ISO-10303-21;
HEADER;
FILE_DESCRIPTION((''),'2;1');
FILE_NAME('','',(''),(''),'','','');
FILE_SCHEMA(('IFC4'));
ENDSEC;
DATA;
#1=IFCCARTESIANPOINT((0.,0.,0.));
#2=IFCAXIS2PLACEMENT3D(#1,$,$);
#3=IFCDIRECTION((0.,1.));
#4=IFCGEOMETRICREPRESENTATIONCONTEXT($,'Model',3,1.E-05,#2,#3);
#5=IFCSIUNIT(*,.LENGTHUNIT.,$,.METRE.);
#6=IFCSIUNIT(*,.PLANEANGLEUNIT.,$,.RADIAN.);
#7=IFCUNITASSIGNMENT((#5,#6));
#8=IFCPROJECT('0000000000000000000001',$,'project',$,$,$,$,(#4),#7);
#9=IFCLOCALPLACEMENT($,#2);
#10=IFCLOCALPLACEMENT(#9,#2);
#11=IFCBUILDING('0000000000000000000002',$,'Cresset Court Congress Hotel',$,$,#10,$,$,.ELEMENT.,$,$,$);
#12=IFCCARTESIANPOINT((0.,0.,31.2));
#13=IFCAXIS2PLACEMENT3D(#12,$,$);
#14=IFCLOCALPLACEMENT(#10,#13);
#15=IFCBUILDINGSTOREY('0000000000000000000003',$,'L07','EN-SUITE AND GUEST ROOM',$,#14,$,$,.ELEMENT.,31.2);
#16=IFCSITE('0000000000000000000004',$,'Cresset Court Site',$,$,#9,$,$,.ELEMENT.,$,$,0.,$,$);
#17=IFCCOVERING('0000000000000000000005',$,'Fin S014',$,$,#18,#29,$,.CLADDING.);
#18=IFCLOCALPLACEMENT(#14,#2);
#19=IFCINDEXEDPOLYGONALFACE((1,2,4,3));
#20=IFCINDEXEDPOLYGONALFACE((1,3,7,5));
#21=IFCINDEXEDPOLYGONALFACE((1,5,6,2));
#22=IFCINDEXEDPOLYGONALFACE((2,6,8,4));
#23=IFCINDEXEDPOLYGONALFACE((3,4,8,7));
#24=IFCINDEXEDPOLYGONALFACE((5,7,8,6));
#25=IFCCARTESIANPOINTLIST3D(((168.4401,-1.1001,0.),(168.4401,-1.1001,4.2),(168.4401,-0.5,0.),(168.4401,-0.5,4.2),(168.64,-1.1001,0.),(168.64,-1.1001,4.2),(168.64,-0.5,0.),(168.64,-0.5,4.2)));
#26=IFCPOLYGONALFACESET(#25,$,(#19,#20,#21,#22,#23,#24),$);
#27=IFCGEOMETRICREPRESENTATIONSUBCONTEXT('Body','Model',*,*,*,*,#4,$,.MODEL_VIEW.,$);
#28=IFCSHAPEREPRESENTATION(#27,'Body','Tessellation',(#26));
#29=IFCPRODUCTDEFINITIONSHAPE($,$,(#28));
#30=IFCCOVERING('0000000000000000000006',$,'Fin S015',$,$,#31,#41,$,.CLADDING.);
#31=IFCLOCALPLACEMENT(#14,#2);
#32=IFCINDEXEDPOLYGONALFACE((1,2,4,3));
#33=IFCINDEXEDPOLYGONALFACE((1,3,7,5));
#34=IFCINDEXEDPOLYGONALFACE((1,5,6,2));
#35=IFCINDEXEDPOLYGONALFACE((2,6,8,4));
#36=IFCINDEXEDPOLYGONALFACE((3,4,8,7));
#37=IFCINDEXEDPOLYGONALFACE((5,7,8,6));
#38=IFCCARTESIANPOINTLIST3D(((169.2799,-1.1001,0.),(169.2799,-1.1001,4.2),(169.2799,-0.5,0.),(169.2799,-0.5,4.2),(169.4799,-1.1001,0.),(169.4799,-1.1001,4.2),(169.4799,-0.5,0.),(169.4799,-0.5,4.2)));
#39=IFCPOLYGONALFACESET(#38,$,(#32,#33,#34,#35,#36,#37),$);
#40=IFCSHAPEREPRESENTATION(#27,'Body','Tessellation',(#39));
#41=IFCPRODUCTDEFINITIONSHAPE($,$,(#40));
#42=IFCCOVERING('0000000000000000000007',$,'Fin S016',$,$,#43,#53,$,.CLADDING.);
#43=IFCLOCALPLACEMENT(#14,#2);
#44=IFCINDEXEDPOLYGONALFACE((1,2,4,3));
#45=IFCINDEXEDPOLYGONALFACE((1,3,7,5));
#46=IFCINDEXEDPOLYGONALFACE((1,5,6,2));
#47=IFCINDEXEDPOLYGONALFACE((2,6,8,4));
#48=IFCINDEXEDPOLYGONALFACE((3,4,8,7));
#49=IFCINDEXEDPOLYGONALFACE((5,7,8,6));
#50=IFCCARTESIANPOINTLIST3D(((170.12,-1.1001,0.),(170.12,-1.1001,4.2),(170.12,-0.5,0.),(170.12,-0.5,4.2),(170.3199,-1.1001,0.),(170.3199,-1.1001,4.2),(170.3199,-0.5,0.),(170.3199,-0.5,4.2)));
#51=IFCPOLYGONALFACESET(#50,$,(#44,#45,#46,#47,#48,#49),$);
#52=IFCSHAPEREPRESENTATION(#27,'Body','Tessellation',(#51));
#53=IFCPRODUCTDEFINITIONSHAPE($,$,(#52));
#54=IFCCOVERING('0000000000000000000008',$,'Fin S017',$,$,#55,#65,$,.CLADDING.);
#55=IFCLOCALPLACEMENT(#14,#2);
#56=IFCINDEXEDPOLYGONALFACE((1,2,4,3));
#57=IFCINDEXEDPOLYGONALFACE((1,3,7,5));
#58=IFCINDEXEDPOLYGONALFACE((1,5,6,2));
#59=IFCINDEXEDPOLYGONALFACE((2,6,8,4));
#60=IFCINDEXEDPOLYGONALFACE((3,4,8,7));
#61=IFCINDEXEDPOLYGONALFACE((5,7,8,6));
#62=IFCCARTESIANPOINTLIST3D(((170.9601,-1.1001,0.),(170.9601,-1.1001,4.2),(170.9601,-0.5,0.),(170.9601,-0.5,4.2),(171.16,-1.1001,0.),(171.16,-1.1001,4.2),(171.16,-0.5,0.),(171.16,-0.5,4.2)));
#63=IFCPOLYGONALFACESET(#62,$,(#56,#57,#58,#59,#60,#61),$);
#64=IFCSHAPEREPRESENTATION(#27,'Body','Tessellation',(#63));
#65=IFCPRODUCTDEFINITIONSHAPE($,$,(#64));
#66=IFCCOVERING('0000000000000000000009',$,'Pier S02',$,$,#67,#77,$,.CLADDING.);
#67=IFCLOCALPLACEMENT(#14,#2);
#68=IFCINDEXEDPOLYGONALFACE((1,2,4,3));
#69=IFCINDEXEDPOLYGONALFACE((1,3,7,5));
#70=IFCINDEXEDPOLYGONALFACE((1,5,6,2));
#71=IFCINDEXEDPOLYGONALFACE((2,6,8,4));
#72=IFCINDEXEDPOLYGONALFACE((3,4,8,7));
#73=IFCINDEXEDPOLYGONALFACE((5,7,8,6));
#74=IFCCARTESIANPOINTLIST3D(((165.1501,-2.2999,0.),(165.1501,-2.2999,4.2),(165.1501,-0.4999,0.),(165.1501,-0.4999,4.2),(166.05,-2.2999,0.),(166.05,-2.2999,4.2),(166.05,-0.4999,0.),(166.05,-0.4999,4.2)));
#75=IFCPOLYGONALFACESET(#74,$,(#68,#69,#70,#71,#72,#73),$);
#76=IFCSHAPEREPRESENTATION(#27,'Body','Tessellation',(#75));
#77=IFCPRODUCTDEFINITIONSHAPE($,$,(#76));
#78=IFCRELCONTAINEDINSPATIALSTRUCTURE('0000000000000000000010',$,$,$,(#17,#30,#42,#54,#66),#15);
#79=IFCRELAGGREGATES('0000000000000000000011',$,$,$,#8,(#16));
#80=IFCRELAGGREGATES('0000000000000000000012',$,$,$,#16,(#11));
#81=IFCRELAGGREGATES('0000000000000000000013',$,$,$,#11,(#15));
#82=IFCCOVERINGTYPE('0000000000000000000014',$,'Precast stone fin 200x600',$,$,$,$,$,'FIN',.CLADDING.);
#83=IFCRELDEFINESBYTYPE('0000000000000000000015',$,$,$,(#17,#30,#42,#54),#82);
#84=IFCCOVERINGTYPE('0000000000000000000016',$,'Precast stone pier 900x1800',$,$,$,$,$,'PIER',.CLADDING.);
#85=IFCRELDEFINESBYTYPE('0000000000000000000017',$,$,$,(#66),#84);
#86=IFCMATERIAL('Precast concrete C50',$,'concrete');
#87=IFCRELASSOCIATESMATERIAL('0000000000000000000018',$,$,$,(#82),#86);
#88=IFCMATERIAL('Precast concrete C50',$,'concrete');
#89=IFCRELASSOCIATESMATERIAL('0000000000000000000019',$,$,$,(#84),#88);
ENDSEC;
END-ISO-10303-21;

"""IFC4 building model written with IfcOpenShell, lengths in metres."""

from ifc_helpers import new_model, si_unit, direction, frame, origin, origin_2d, place, context, subcontext, project, spatial, rectangle, extrude, material, type_object, element, save


model = new_model("IFC4")

# Units and contexts
model_context = context("Model", 3, precision=1e-05, world=origin(), true_north=direction((0.0, 1.0)))
body_context = subcontext(model_context, "Body", "Model", "MODEL_VIEW")
ifc_project = project(units=[si_unit("LENGTHUNIT", "METRE"), si_unit("PLANEANGLEUNIT", "RADIAN")], contexts=[model_context])

# Site, building, storey
site_placement = place(None, origin())
site = spatial("IfcSite", under=ifc_project, at=site_placement, Name="Cresset Court Site", CompositionType="ELEMENT", RefElevation=0.0)
building_placement = place(site_placement, origin())
building = spatial("IfcBuilding", under=site, at=building_placement, Name="Cresset Court Congress Hotel", CompositionType="ELEMENT")
storey_placement = place(building_placement, frame((0.0, 0.0, 31.2)))
storey = spatial("IfcBuildingStorey", under=building, at=storey_placement, Name="L07", Description="EN-SUITE AND GUEST ROOM", CompositionType="ELEMENT", Elevation=31.2)

# Coverings
ifc_material_1 = material(Name="Precast concrete C50", Category="concrete")
covering_type_1 = type_object("IfcCoveringType", Name="Precast stone fin 200x600", ElementType="FIN", PredefinedType="CLADDING", material=ifc_material_1)
for number, where, z_axis, x_axis, name in (
    (1, (168.54, -0.8, 0.0), (0.0, 0.0, 1.0), (1.0, 0.0, 0.0), "Fin S014"),
    (2, (169.3799, -0.8, 0.0), (0.0, 0.0, 1.0), (1.0, 0.0, 0.0), "Fin S015"),
    (3, (170.22, -0.8, 0.0), (0.0, 0.0, 1.0), (1.0, 0.0, 0.0), "Fin S016"),
    (4, (171.0601, -0.8, 0.0), (0.0, 0.0, 1.0), (1.0, 0.0, 0.0), "Fin S017"),
):
    element("IfcCovering", number, at=place(storey_placement, frame(where, z_axis=z_axis, x_axis=x_axis)), inside=storey, type_object=covering_type_1, Name=name, PredefinedType="CLADDING", context=body_context, shape_type="SweptSolid", body=[
        extrude(rectangle(XDim=0.2, YDim=0.6001, at=origin_2d()), origin(), (0.0, 0.0, 1.0), 4.2),
    ])
ifc_material_2 = material(Name="Precast concrete C50", Category="concrete")
covering_type_2 = type_object("IfcCoveringType", Name="Precast stone pier 900x1800", ElementType="PIER", PredefinedType="CLADDING", material=ifc_material_2)
covering_placement = place(storey_placement, frame((165.6001, -1.3999, 0.0), z_axis=(0.0, 0.0, 1.0), x_axis=(1.0, 0.0, 0.0)))
element("IfcCovering", 5, at=covering_placement, inside=storey, type_object=covering_type_2, Name="Pier S02", PredefinedType="CLADDING", context=body_context, shape_type="SweptSolid", body=[
    extrude(rectangle(XDim=0.8999, YDim=1.8, at=origin_2d()), origin(), (0.0, 0.0, 1.0), 4.2),
])

save(model, "model.ifc")
